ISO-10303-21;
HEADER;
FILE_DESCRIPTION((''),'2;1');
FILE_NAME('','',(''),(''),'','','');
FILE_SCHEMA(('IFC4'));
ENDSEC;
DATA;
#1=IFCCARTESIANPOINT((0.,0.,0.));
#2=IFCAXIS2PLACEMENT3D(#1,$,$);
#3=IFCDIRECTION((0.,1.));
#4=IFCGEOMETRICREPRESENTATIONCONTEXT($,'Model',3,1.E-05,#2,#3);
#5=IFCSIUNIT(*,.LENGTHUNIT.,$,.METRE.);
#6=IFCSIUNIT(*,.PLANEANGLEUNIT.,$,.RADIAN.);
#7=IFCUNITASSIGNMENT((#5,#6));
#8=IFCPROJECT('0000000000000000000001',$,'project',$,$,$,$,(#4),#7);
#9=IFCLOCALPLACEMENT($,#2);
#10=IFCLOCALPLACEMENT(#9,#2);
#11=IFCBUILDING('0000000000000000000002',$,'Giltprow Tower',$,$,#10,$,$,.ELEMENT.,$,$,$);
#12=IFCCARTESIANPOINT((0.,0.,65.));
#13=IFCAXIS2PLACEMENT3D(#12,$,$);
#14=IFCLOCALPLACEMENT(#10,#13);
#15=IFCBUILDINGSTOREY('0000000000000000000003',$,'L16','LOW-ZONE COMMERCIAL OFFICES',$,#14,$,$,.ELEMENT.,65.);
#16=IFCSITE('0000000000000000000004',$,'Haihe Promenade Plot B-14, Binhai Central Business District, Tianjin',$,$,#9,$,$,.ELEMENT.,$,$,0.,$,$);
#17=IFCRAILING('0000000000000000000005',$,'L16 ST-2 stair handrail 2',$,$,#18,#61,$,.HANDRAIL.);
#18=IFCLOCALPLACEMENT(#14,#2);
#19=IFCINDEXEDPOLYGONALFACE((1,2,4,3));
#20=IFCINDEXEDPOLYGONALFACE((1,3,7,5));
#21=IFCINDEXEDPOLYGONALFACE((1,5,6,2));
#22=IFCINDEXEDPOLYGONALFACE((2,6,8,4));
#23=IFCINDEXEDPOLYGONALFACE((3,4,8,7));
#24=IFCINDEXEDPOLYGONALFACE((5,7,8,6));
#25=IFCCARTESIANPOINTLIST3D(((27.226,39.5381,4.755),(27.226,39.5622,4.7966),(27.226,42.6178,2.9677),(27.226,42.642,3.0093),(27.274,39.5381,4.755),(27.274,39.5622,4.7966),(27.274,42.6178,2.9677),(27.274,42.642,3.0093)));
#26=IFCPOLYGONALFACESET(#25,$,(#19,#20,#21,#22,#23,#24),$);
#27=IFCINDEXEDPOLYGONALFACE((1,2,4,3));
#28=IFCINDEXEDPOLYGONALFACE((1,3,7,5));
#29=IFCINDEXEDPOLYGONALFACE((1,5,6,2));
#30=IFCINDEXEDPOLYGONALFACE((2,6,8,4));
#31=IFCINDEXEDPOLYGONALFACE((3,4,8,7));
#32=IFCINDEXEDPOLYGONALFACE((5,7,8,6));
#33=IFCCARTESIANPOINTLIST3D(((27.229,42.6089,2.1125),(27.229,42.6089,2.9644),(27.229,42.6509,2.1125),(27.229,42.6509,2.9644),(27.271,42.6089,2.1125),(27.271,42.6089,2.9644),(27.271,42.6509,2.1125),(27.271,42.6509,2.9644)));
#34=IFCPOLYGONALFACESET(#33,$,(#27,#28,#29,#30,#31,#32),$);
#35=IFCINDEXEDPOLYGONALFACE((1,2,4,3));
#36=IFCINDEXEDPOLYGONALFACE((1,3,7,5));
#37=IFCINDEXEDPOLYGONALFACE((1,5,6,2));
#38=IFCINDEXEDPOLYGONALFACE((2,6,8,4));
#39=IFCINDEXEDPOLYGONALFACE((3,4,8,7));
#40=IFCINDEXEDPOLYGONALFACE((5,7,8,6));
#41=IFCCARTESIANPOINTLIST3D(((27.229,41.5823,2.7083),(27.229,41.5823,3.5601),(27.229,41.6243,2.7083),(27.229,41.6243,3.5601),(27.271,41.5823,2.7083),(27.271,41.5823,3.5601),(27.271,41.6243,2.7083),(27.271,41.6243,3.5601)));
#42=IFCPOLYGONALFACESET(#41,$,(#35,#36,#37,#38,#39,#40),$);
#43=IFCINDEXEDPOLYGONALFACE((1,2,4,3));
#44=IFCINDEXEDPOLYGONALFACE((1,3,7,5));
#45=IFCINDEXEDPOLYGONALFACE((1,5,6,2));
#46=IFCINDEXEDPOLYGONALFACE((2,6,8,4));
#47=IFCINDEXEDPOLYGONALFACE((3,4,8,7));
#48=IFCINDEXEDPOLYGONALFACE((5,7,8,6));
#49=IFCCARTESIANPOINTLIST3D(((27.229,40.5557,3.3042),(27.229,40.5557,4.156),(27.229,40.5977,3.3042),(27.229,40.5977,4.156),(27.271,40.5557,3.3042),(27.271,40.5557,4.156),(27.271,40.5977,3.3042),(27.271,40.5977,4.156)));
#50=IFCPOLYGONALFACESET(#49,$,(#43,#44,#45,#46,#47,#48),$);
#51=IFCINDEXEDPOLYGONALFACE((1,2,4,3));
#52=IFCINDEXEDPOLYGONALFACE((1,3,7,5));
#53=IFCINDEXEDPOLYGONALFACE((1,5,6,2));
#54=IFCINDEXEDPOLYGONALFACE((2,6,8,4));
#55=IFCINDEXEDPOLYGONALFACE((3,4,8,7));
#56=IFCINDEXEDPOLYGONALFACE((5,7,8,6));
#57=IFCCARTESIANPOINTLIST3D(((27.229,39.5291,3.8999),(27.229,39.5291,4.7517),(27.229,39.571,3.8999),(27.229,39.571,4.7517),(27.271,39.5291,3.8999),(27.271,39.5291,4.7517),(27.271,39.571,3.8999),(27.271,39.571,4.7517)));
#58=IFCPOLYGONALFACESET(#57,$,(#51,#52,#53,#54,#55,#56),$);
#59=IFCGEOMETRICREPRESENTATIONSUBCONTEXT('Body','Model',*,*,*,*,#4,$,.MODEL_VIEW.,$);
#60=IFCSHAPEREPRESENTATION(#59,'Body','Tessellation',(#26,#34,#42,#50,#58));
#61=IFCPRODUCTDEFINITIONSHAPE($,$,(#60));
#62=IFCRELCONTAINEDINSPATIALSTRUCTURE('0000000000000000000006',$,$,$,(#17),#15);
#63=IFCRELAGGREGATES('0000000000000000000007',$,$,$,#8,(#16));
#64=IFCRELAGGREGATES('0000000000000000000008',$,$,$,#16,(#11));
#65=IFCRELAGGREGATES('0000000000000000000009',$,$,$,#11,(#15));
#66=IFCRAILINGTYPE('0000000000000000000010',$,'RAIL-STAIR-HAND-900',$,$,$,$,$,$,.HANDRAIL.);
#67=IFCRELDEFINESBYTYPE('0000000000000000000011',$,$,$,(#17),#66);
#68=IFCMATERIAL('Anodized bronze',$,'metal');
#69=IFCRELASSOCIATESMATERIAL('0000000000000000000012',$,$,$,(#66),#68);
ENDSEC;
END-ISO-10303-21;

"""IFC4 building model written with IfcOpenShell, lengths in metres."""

from ifc_helpers import new_model, si_unit, direction, frame, origin, origin_2d, place, context, subcontext, project, spatial, rectangle, extrude, material, type_object, element, save


model = new_model("IFC4")

# Units and contexts
model_context = context("Model", 3, precision=1e-05, world=origin(), true_north=direction((0.0, 1.0)))
body_context = subcontext(model_context, "Body", "Model", "MODEL_VIEW")
ifc_project = project(units=[si_unit("LENGTHUNIT", "METRE"), si_unit("PLANEANGLEUNIT", "RADIAN")], contexts=[model_context])

# Site, building, storey
site_placement = place(None, origin())
site = spatial("IfcSite", under=ifc_project, at=site_placement, Name="Haihe Promenade Plot B-14, Binhai Central Business District, Tianjin", CompositionType="ELEMENT", RefElevation=0.0)
building_placement = place(site_placement, origin())
building = spatial("IfcBuilding", under=site, at=building_placement, Name="Giltprow Tower", CompositionType="ELEMENT")
storey_placement = place(building_placement, frame((0.0, 0.0, 65.0)))
storey = spatial("IfcBuildingStorey", under=building, at=storey_placement, Name="L16", Description="LOW-ZONE COMMERCIAL OFFICES", CompositionType="ELEMENT", Elevation=65.0)

# Railing
ifc_material_1 = material(Name="Anodized bronze", Category="metal")
railing_type_1 = type_object("IfcRailingType", Name="RAIL-STAIR-HAND-900", PredefinedType="HANDRAIL", material=ifc_material_1)
railing_1_placement = place(storey_placement, frame((27.25, 42.6299, 2.1125)))
element("IfcRailing", 1, at=railing_1_placement, inside=storey, type_object=railing_type_1, Name="L16 ST-2 stair handrail 2", PredefinedType="HANDRAIL", context=body_context, shape_type="SweptSolid", body=[
    extrude(rectangle(XDim=0.0481, YDim=0.0481, at=origin_2d()), frame((0.0, 0.0, 0.876), z_axis=(0.0, -0.864903, 0.501939), x_axis=(1.0, 0.0, 0.0)), (0.0, 0.0, 1.0), 3.5608),
    extrude(rectangle(XDim=0.042, YDim=0.042, at=origin_2d()), origin(), (0.0, 0.0, 1.0), 0.8518),
    extrude(rectangle(XDim=0.042, YDim=0.042, at=origin_2d()), frame((0.0, -1.0266, 0.5957)), (0.0, 0.0, 1.0), 0.8518),
    extrude(rectangle(XDim=0.042, YDim=0.042, at=origin_2d()), frame((0.0, -2.0532, 1.1917)), (0.0, 0.0, 1.0), 0.8518),
    extrude(rectangle(XDim=0.042, YDim=0.042, at=origin_2d()), frame((0.0, -3.0798, 1.7874)), (0.0, 0.0, 1.0), 0.8518),
])

save(model, "model.ifc")
